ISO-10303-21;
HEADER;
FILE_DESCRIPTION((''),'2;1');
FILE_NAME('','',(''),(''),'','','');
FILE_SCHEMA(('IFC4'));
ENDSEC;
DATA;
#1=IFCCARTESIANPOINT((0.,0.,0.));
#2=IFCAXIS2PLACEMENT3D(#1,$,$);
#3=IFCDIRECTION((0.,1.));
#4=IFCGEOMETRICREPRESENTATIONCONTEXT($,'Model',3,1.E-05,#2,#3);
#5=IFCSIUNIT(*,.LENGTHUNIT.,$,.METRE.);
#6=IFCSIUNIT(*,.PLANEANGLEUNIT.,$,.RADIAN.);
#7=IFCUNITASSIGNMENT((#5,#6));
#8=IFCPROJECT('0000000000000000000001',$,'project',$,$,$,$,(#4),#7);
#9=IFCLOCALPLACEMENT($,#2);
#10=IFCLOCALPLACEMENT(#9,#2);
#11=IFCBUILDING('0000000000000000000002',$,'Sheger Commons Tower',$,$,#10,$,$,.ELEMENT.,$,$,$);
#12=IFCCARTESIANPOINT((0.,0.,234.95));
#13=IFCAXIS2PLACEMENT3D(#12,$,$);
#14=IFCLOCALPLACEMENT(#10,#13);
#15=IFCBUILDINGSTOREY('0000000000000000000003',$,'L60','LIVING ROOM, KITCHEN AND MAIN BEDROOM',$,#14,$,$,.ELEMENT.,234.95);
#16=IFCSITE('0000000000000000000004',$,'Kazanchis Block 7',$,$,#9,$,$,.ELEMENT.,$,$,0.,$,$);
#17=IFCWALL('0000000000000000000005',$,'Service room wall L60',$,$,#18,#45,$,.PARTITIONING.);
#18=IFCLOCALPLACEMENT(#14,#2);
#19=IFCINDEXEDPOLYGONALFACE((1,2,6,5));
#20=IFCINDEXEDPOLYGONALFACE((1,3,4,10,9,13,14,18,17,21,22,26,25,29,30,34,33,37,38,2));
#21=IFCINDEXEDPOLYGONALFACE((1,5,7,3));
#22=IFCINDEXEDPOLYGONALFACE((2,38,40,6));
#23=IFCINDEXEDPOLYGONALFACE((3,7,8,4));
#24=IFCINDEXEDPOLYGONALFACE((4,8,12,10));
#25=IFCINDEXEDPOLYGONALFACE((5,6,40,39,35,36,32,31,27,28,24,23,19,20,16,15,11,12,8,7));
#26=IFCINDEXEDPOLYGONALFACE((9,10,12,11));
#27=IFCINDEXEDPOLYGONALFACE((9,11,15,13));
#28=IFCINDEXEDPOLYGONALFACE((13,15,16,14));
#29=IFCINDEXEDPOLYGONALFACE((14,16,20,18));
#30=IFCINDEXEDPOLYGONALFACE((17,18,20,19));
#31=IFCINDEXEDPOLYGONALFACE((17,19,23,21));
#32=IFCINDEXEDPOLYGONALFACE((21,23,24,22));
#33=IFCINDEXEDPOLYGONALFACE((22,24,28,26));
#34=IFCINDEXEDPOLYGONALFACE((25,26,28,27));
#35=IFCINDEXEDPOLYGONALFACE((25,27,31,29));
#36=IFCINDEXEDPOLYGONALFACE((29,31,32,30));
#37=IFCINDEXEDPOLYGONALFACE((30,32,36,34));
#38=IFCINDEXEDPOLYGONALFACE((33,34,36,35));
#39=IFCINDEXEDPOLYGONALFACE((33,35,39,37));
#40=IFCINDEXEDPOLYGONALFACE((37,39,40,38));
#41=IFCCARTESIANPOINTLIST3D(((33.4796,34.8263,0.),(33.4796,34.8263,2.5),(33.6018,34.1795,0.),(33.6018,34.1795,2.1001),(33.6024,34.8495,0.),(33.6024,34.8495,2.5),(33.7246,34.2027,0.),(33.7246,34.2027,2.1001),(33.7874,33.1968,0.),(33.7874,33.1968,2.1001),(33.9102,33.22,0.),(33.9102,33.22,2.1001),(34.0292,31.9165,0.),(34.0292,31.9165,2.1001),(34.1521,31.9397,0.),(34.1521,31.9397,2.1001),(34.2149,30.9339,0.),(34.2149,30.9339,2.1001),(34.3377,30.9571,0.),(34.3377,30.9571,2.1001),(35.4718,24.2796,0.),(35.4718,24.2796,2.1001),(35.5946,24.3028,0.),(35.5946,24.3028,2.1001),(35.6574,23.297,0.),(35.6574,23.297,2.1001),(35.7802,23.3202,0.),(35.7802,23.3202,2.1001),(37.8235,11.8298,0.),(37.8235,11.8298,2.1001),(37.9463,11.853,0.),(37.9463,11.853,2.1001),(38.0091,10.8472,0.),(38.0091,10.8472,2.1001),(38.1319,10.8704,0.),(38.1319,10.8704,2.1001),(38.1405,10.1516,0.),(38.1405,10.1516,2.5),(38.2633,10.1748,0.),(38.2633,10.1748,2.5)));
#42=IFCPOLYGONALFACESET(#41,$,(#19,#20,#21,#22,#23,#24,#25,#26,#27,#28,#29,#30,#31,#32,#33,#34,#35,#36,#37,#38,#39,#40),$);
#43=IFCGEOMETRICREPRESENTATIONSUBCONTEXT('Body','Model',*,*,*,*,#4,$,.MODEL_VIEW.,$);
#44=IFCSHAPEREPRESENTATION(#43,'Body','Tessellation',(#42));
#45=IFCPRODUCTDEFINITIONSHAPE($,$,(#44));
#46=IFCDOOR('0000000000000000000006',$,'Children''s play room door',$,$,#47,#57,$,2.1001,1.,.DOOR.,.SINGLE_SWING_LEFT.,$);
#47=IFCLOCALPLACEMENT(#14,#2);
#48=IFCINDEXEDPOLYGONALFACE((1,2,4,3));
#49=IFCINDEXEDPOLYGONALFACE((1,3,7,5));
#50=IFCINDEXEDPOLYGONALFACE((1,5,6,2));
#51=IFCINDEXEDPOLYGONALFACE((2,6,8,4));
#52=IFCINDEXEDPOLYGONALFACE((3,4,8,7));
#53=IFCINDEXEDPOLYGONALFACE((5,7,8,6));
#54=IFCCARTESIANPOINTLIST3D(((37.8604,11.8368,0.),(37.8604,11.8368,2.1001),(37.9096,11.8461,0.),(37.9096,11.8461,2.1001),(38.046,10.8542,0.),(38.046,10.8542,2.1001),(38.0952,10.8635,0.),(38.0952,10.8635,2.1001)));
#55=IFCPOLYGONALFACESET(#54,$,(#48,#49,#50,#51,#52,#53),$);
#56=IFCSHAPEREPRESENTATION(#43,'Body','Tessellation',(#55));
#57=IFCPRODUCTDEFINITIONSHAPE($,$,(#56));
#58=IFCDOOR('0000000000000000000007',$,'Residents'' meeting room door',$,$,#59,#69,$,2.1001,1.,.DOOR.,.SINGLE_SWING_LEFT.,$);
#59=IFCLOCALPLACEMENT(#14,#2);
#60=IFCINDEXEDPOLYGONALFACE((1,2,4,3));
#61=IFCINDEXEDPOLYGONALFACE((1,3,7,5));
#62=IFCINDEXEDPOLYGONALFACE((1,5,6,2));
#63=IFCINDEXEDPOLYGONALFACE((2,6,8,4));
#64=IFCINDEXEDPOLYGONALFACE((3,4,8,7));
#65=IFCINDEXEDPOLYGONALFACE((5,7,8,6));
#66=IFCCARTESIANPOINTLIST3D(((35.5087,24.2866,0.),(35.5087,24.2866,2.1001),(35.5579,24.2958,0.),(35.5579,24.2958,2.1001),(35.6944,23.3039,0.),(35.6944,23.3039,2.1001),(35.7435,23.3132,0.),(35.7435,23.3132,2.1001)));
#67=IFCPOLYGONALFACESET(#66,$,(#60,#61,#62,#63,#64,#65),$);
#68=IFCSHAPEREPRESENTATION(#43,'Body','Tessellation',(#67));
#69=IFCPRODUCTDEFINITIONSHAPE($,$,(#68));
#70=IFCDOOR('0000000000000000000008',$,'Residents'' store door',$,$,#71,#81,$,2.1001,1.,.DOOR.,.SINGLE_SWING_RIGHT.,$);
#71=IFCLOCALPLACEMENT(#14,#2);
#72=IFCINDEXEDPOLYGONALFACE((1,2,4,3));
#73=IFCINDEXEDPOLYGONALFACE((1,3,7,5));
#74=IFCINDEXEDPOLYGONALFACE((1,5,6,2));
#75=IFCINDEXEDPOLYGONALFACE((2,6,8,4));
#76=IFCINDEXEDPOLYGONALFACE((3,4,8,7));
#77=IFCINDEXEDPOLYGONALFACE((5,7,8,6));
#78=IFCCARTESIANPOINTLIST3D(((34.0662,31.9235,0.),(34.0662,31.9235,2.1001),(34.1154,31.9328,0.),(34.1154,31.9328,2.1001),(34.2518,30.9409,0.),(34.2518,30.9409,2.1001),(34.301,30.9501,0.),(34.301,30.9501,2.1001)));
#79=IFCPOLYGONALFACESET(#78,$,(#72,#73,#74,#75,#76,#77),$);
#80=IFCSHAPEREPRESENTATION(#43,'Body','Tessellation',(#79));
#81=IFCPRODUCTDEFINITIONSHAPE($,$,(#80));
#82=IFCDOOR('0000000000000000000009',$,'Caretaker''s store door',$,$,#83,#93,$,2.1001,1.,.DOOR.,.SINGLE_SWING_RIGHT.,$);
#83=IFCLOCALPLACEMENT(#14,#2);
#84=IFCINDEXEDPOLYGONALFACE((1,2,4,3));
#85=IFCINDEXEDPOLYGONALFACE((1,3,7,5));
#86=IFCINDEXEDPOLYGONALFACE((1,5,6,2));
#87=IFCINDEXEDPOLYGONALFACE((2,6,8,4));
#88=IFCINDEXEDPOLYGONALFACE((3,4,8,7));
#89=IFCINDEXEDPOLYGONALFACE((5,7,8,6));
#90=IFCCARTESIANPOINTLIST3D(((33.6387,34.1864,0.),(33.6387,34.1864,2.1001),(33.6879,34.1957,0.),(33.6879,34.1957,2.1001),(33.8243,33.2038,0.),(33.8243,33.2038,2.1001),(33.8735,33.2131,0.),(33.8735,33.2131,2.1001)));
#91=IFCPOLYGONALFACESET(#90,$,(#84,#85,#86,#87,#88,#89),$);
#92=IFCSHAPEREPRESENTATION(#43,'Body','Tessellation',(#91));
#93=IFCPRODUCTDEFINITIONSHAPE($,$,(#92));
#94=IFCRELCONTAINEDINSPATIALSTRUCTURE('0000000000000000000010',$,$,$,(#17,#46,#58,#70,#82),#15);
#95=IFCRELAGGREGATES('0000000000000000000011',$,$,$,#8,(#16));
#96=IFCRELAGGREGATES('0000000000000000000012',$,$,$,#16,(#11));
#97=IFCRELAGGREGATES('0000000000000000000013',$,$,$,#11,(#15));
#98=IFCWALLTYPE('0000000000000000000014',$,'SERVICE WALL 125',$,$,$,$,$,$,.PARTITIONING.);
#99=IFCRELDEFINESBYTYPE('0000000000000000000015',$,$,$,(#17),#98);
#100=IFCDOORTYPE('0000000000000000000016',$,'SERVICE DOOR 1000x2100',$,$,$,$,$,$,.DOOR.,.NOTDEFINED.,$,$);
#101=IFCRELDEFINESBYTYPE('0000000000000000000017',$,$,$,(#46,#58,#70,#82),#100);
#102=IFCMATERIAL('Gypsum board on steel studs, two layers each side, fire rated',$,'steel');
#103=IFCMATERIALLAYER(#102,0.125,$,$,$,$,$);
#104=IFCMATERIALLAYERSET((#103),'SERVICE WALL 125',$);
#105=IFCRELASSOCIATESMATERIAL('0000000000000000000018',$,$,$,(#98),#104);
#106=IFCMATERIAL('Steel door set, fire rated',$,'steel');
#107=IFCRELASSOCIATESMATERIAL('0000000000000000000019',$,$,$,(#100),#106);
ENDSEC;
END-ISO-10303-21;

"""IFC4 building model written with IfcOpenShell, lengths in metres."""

from ifc_helpers import new_model, si_unit, direction, frame, frame_2d, origin, place, context, subcontext, project, spatial, rectangle, extrude, material, layer, layer_set, type_object, element, fill, save


model = new_model("IFC4")

# Units and contexts
model_context = context("Model", 3, precision=1e-05, world=origin(), true_north=direction((0.0, 1.0)))
body_context = subcontext(model_context, "Body", "Model", "MODEL_VIEW")
ifc_project = project(units=[si_unit("LENGTHUNIT", "METRE"), si_unit("PLANEANGLEUNIT", "RADIAN")], contexts=[model_context])

# Site, building, storey
site_placement = place(None, origin())
site = spatial("IfcSite", under=ifc_project, at=site_placement, Name="Kazanchis Block 7", CompositionType="ELEMENT", RefElevation=0.0)
building_placement = place(site_placement, origin())
building = spatial("IfcBuilding", under=site, at=building_placement, Name="Sheger Commons Tower", CompositionType="ELEMENT")
storey_placement = place(building_placement, frame((0.0, 0.0, 234.95)))
storey = spatial("IfcBuildingStorey", under=building, at=storey_placement, Name="L60", Description="LIVING ROOM, KITCHEN AND MAIN BEDROOM", CompositionType="ELEMENT", Elevation=234.95)

# Shared definitions
ifc_material_1 = material(Name="Gypsum board on steel studs, two layers each side, fire rated", Category="steel")
ifc_layer_1 = layer(ifc_material_1, 0.125)
ifc_layer_set_1 = layer_set([ifc_layer_1], Name="SERVICE WALL 125")
wall_type_1 = type_object("IfcWallType", Name="SERVICE WALL 125", PredefinedType="PARTITIONING", material=ifc_layer_set_1)

# Wall, openings, doors
wall_1_placement = place(storey_placement, frame((38.2019, 10.1631, 0.0), z_axis=(0.0, 0.0, 1.0), x_axis=(-0.18561, 0.982623, 0.0)))
wall_1 = element("IfcWall", 1, at=wall_1_placement, inside=storey, type_object=wall_type_1, Name="Service room wall L60", PredefinedType="PARTITIONING", context=body_context, shape_type="SweptSolid", body=[
    extrude(rectangle(XDim=25.1111, YDim=0.125, at=frame_2d((12.5557, 0.0))), origin(), (0.0, 0.0, 1.0), 2.5),
])
opening_1_placement = place(wall_1_placement, frame((0.708, 0.0, 0.0)))
opening_1 = element("IfcOpeningElement", 2, at=opening_1_placement, cuts=wall_1, PredefinedType="OPENING", context=body_context, shape_type="SweptSolid", body=[
    extrude(rectangle(XDim=1.0, YDim=2.1001, at=frame_2d((0.5, 1.05))), frame((0.0, 0.0725, 0.0), z_axis=(0.0, -1.0, 0.0), x_axis=(1.0, 0.0, 0.0)), (0.0, 0.0, 1.0), 0.145),
])
opening_2_placement = place(wall_1_placement, frame((13.3779, 0.0, 0.0)))
opening_2 = element("IfcOpeningElement", 3, at=opening_2_placement, cuts=wall_1, PredefinedType="OPENING", context=body_context, shape_type="SweptSolid", body=[
    extrude(rectangle(XDim=1.0, YDim=2.1001, at=frame_2d((0.5, 1.05))), frame((0.0, 0.0725, 0.0), z_axis=(0.0, -1.0, 0.0), x_axis=(1.0, 0.0, 0.0)), (0.0, 0.0, 1.0), 0.145),
])
opening_3_placement = place(wall_1_placement, frame((21.1499, 0.0, 0.0)))
opening_3 = element("IfcOpeningElement", 4, at=opening_3_placement, cuts=wall_1, PredefinedType="OPENING", context=body_context, shape_type="SweptSolid", body=[
    extrude(rectangle(XDim=1.0, YDim=2.1001, at=frame_2d((0.5, 1.05))), frame((0.0, 0.0725, 0.0), z_axis=(0.0, -1.0, 0.0), x_axis=(1.0, 0.0, 0.0)), (0.0, 0.0, 1.0), 0.145),
])
opening_4_placement = place(wall_1_placement, frame((23.4529, 0.0, 0.0)))
opening_4 = element("IfcOpeningElement", 5, at=opening_4_placement, cuts=wall_1, PredefinedType="OPENING", context=body_context, shape_type="SweptSolid", body=[
    extrude(rectangle(XDim=1.0, YDim=2.1001, at=frame_2d((0.5, 1.05))), frame((0.0, 0.0725, 0.0), z_axis=(0.0, -1.0, 0.0), x_axis=(1.0, 0.0, 0.0)), (0.0, 0.0, 1.0), 0.145),
])
ifc_material_2 = material(Name="Steel door set, fire rated", Category="steel")
door_type_1 = type_object("IfcDoorType", Name="SERVICE DOOR 1000x2100", OperationType="NOTDEFINED", PredefinedType="DOOR", material=ifc_material_2)
door_1_placement = place(opening_1_placement, origin())
door_1 = element("IfcDoor", 6, at=door_1_placement, inside=storey, type_object=door_type_1, Name="Children's play room door", OperationType="SINGLE_SWING_LEFT", OverallHeight=2.1001, OverallWidth=1.0, PredefinedType="DOOR", context=body_context, shape_type="SweptSolid", body=[
    extrude(rectangle(XDim=1.0, YDim=2.1001, at=frame_2d((0.5, 1.05))), frame((0.0, 0.0249, 0.0), z_axis=(0.0, -1.0, 0.0), x_axis=(1.0, 0.0, 0.0)), (0.0, 0.0, 1.0), 0.05),
])
fill(opening_1, door_1)
door_2_placement = place(opening_2_placement, origin())
door_2 = element("IfcDoor", 7, at=door_2_placement, inside=storey, type_object=door_type_1, Name="Residents' meeting room door", OperationType="SINGLE_SWING_LEFT", OverallHeight=2.1001, OverallWidth=1.0, PredefinedType="DOOR", context=body_context, shape_type="SweptSolid", body=[
    extrude(rectangle(XDim=1.0, YDim=2.1001, at=frame_2d((0.5, 1.05))), frame((0.0, 0.0249, 0.0), z_axis=(0.0, -1.0, 0.0), x_axis=(1.0, 0.0, 0.0)), (0.0, 0.0, 1.0), 0.05),
])
fill(opening_2, door_2)
door_3_placement = place(opening_3_placement, origin())
door_3 = element("IfcDoor", 8, at=door_3_placement, inside=storey, type_object=door_type_1, Name="Residents' store door", OperationType="SINGLE_SWING_RIGHT", OverallHeight=2.1001, OverallWidth=1.0, PredefinedType="DOOR", context=body_context, shape_type="SweptSolid", body=[
    extrude(rectangle(XDim=1.0, YDim=2.1001, at=frame_2d((0.5, 1.05))), frame((0.0, 0.0249, 0.0), z_axis=(0.0, -1.0, 0.0), x_axis=(1.0, 0.0, 0.0)), (0.0, 0.0, 1.0), 0.05),
])
fill(opening_3, door_3)
door_4_placement = place(opening_4_placement, origin())
door_4 = element("IfcDoor", 9, at=door_4_placement, inside=storey, type_object=door_type_1, Name="Caretaker's store door", OperationType="SINGLE_SWING_RIGHT", OverallHeight=2.1001, OverallWidth=1.0, PredefinedType="DOOR", context=body_context, shape_type="SweptSolid", body=[
    extrude(rectangle(XDim=1.0, YDim=2.1001, at=frame_2d((0.5, 1.05))), frame((0.0, 0.0249, 0.0), z_axis=(0.0, -1.0, 0.0), x_axis=(1.0, 0.0, 0.0)), (0.0, 0.0, 1.0), 0.05),
])
fill(opening_4, door_4)

save(model, "model.ifc")
